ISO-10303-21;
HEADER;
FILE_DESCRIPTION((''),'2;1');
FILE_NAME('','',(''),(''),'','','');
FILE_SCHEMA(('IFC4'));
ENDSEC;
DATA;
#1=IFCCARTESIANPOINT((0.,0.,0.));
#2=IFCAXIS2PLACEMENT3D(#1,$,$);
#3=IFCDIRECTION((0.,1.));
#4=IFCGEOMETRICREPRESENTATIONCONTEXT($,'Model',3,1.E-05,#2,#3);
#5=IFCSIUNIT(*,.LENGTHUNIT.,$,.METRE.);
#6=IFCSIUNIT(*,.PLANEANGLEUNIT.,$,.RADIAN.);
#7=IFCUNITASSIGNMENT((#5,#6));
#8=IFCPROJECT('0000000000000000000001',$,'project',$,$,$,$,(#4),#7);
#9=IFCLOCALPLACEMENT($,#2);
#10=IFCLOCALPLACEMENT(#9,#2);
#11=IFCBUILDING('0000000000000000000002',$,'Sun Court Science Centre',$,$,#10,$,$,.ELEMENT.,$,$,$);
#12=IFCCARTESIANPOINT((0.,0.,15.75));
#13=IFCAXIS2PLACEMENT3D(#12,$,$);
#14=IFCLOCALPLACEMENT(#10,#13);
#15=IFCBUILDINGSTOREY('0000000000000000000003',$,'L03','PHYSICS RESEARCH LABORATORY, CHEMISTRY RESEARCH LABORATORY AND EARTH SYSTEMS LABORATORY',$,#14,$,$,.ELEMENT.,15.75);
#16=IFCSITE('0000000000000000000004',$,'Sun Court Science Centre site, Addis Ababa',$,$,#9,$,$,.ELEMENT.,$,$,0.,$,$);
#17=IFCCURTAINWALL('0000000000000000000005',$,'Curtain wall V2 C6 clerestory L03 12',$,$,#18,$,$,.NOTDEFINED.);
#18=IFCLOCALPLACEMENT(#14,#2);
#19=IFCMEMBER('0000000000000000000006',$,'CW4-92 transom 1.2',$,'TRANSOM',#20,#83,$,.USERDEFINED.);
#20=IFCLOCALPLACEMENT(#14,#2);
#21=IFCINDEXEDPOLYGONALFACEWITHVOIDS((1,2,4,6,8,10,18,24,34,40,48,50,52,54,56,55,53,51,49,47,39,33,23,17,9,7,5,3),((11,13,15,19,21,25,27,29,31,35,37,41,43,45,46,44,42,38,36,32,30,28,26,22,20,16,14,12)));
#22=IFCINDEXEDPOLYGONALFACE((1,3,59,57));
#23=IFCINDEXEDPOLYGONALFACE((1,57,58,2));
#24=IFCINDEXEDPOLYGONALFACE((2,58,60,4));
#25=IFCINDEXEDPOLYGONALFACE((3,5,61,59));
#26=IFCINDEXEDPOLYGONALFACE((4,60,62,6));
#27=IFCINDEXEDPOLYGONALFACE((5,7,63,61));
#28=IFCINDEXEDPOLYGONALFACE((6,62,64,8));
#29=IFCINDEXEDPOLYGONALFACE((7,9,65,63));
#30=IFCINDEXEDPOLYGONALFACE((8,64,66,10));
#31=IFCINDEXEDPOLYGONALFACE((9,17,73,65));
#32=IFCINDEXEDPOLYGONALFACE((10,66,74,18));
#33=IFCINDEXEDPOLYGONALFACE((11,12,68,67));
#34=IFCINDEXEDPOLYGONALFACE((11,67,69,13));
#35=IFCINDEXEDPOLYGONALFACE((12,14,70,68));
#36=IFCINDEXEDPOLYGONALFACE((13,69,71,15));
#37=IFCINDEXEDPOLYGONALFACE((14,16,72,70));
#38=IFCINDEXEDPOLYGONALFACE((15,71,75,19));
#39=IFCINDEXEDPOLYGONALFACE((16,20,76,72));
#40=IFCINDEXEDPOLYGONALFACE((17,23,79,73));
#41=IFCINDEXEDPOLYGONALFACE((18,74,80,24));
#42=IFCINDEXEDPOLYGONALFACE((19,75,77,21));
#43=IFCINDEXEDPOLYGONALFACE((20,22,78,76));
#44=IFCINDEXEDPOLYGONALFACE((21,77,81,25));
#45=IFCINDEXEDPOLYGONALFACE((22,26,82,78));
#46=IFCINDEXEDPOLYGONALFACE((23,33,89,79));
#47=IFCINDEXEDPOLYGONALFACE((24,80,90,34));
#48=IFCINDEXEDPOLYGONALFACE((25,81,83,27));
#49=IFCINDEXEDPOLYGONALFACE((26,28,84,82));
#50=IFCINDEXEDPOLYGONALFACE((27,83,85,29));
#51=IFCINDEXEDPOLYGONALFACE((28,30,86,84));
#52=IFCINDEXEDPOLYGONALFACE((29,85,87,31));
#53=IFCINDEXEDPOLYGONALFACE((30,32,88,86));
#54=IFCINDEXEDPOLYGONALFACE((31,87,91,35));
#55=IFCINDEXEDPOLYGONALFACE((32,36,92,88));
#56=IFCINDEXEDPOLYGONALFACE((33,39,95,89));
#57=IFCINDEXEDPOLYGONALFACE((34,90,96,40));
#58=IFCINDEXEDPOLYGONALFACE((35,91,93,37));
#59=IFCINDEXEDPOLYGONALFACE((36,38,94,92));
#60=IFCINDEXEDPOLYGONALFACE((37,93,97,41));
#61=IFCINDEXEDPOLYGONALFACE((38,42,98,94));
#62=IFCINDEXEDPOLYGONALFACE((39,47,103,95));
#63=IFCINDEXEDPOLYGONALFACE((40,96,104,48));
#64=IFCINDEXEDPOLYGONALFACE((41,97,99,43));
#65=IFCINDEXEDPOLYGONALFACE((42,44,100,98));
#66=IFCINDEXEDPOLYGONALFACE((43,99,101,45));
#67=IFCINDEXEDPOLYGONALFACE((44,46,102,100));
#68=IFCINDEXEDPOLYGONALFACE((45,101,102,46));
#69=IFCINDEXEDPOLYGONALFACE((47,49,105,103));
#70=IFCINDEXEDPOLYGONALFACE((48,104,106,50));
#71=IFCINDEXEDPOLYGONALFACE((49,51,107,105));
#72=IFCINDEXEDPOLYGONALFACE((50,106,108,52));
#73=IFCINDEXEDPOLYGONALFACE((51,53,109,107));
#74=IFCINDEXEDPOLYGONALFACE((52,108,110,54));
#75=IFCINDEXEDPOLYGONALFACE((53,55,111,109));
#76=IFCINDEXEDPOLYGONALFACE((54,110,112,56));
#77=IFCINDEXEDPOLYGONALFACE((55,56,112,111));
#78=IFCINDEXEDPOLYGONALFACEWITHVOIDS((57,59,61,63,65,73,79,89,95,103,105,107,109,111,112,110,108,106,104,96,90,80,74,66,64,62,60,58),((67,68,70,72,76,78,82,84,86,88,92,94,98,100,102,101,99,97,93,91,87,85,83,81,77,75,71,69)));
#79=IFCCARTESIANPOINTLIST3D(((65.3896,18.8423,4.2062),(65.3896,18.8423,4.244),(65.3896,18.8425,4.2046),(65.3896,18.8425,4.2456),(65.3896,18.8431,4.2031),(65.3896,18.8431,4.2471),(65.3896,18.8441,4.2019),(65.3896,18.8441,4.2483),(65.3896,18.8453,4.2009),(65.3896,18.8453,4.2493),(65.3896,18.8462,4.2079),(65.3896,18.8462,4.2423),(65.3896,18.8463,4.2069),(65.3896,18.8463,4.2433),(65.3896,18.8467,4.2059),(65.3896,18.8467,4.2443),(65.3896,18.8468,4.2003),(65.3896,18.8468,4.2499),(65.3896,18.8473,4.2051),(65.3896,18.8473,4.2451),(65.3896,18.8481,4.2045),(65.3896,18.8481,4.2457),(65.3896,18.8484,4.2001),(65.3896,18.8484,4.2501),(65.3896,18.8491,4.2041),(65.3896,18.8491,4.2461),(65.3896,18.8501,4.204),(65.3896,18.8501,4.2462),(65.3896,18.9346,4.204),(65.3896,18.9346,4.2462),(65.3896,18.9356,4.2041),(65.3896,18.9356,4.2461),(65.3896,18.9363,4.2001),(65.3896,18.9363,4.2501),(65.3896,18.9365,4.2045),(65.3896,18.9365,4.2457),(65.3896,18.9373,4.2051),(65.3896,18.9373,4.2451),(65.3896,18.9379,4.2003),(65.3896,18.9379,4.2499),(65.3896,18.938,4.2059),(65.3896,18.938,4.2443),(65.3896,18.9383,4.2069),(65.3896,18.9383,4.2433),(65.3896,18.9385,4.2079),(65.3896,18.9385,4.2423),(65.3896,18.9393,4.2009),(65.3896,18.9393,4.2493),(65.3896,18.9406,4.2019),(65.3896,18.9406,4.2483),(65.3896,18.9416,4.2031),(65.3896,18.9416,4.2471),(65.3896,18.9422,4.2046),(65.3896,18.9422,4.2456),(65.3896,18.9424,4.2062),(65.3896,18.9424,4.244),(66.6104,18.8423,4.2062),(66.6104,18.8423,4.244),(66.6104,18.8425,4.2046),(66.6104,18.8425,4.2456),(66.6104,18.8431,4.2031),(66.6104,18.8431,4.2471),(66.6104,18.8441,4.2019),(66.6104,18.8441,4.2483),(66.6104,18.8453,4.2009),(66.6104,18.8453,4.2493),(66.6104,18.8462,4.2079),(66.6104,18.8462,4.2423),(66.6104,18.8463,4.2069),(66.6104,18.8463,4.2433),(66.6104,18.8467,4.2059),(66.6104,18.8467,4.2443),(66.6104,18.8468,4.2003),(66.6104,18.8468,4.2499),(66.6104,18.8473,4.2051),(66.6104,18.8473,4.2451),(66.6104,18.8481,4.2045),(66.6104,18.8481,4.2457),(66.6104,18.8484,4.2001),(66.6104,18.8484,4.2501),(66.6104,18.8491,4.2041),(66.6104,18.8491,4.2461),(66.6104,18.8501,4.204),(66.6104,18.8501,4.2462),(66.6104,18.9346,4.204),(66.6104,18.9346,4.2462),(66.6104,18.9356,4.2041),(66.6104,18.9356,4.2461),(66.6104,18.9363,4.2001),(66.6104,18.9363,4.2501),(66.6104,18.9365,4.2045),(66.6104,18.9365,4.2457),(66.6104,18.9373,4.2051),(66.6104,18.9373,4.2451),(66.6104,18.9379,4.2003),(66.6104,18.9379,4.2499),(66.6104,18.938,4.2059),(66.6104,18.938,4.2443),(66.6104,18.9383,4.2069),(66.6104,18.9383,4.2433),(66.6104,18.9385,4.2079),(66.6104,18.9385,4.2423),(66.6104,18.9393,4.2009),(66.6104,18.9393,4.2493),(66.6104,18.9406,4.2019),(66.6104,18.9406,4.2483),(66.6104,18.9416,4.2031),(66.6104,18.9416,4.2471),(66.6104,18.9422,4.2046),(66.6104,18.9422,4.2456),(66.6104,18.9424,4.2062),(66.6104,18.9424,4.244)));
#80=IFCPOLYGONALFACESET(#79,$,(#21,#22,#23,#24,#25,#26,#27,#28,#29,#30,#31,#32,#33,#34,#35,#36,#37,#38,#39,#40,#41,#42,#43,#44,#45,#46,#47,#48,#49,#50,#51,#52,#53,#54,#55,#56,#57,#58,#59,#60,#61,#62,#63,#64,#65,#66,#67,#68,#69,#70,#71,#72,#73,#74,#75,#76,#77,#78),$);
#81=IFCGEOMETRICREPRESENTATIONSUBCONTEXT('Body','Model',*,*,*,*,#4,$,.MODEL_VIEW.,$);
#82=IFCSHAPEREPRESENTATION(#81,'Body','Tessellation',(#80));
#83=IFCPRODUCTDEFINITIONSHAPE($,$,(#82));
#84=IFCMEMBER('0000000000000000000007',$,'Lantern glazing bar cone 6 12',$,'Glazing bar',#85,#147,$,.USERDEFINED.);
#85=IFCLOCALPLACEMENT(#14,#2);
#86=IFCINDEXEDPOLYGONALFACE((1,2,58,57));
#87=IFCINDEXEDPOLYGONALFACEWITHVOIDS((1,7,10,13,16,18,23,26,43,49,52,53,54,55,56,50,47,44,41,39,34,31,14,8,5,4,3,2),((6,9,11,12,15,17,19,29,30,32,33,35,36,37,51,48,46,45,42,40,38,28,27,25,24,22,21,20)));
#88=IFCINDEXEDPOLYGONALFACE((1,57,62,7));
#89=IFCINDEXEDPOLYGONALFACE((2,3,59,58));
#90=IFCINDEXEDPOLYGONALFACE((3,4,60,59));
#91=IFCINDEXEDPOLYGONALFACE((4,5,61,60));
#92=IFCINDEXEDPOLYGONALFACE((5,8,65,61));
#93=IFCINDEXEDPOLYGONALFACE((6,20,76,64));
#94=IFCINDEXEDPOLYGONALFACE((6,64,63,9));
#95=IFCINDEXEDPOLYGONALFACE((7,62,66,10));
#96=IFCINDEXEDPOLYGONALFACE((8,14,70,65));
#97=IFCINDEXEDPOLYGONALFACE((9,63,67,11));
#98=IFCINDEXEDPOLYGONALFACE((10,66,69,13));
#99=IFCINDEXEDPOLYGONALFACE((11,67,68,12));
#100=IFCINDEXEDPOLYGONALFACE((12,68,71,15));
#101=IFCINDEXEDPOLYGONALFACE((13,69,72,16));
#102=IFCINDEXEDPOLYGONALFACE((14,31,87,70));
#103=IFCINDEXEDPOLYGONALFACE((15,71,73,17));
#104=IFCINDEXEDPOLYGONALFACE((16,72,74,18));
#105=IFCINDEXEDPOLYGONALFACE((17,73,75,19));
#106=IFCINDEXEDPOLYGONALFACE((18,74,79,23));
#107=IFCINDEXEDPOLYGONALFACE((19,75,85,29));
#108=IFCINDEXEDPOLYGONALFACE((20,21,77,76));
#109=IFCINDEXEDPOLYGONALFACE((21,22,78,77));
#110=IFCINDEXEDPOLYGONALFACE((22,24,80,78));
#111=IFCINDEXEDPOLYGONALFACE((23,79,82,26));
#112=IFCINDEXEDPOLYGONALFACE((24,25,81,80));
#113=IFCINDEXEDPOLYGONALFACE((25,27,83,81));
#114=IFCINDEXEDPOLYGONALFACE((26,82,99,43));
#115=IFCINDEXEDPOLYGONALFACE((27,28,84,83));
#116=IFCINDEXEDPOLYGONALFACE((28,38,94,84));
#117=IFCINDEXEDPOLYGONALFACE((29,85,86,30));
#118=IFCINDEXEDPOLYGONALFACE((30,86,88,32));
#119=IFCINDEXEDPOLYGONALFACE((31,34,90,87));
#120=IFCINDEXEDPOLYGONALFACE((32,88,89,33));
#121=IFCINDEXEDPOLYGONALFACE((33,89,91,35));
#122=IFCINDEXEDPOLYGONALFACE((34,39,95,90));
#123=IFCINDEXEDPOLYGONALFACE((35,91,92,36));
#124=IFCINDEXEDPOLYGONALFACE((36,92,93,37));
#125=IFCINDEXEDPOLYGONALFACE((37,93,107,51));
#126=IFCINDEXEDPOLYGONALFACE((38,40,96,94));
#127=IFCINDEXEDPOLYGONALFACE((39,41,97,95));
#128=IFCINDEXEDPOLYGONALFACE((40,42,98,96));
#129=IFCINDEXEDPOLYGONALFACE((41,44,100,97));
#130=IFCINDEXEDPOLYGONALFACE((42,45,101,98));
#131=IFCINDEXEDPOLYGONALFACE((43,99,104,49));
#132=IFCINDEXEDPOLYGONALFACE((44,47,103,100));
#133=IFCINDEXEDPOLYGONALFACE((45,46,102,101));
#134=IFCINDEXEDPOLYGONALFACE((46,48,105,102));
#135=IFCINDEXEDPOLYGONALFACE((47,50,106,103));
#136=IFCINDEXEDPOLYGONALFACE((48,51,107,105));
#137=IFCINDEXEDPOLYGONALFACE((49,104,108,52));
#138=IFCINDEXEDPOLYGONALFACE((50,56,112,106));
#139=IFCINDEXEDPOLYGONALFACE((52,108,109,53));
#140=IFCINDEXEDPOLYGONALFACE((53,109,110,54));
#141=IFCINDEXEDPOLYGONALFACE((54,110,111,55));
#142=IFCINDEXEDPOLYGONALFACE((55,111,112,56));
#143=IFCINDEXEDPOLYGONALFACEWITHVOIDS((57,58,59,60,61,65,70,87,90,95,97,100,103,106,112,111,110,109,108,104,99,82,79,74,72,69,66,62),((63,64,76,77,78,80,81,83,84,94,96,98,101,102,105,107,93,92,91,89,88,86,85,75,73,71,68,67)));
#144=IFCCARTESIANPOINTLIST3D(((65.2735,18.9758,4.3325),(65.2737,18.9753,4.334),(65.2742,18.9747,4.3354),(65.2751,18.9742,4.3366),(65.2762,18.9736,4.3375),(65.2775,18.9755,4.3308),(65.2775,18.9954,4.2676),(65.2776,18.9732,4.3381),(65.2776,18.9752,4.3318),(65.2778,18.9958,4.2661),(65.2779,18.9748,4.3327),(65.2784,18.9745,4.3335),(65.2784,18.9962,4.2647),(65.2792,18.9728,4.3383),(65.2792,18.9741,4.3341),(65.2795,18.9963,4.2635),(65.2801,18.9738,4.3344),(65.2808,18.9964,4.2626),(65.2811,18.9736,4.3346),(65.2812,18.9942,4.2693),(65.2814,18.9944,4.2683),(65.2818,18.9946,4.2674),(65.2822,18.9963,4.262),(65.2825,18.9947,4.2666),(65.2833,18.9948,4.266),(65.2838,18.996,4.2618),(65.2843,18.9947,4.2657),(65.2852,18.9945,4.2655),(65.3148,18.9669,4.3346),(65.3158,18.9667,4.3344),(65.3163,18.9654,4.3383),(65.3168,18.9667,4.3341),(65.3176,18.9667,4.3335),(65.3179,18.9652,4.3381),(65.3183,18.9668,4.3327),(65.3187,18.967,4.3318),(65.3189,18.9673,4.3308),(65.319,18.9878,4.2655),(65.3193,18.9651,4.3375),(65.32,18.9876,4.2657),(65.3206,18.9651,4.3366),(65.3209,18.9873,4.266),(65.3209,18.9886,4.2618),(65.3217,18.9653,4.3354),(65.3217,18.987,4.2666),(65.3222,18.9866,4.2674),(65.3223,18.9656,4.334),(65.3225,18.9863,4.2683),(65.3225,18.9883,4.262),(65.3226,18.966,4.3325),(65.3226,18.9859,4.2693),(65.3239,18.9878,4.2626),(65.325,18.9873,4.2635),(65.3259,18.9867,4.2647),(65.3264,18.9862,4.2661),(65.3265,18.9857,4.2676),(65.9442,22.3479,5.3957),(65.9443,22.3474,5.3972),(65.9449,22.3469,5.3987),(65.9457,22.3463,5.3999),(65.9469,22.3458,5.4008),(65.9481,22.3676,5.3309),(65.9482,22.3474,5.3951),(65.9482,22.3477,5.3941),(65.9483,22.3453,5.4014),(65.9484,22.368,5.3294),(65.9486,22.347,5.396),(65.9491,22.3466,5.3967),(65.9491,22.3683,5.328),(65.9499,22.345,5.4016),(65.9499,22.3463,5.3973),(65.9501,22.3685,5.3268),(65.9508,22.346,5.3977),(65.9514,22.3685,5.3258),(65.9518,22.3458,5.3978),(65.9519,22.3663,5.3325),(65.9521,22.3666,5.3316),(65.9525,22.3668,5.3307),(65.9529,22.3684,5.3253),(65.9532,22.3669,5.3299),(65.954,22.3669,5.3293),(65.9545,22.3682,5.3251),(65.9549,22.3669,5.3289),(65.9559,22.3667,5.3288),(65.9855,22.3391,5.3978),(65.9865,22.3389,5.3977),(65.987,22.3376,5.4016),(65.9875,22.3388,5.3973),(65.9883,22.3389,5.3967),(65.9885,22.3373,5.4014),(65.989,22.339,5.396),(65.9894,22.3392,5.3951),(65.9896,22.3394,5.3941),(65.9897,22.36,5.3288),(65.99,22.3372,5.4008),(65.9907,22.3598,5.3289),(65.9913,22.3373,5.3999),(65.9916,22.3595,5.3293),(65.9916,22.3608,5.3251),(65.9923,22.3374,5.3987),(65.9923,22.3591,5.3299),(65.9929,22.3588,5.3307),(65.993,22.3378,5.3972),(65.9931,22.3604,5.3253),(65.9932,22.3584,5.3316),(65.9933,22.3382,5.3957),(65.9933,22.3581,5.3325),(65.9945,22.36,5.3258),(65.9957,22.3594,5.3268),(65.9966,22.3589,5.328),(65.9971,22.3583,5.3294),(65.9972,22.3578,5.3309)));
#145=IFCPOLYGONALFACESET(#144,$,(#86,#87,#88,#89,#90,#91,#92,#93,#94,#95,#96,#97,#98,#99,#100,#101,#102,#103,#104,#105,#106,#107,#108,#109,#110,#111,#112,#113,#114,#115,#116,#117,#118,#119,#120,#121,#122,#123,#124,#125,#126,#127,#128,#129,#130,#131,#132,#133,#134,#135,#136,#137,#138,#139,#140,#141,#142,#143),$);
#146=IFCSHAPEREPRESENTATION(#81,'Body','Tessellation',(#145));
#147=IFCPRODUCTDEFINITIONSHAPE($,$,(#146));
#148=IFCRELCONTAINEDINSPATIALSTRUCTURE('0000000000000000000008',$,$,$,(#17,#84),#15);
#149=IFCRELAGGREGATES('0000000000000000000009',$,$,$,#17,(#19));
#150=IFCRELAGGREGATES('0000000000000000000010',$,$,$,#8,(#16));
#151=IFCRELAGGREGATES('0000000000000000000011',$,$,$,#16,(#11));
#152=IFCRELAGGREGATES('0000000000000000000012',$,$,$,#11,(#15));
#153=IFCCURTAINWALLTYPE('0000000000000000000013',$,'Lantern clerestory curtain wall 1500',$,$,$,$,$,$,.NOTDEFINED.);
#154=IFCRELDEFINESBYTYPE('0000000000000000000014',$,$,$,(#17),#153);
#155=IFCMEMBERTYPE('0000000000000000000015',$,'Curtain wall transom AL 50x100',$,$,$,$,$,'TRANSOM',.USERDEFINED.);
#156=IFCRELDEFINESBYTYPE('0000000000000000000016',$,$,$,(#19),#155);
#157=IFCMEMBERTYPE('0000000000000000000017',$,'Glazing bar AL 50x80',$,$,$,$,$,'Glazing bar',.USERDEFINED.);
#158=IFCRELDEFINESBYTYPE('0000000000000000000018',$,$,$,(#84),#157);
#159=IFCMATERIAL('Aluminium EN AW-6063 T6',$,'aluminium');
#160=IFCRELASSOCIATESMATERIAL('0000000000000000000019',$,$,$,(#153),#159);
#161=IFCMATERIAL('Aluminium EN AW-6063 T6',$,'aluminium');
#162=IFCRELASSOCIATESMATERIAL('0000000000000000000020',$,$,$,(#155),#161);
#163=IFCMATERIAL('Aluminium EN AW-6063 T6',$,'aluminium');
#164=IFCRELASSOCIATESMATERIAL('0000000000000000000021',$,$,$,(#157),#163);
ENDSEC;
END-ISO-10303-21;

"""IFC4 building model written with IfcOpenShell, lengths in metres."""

from ifc_helpers import new_model, si_unit, direction, frame, origin, origin_2d, place, context, subcontext, project, spatial, hollow_rectangle, extrude, material, material_profile, profile_set, type_object, element, aggregate, save


model = new_model("IFC4")

# Units and contexts
model_context = context("Model", 3, precision=1e-05, world=origin(), true_north=direction((0.0, 1.0)))
body_context = subcontext(model_context, "Body", "Model", "MODEL_VIEW")
ifc_project = project(units=[si_unit("LENGTHUNIT", "METRE"), si_unit("PLANEANGLEUNIT", "RADIAN")], contexts=[model_context])

# Site, building, storey
site_placement = place(None, origin())
site = spatial("IfcSite", under=ifc_project, at=site_placement, Name="Sun Court Science Centre site, Addis Ababa", CompositionType="ELEMENT", RefElevation=0.0)
building_placement = place(site_placement, origin())
building = spatial("IfcBuilding", under=site, at=building_placement, Name="Sun Court Science Centre", CompositionType="ELEMENT")
storey_placement = place(building_placement, frame((0.0, 0.0, 15.75)))
storey = spatial("IfcBuildingStorey", under=building, at=storey_placement, Name="L03", Description="PHYSICS RESEARCH LABORATORY, CHEMISTRY RESEARCH LABORATORY AND EARTH SYSTEMS LABORATORY", CompositionType="ELEMENT", Elevation=15.75)

# Curtain wall
ifc_material_1 = material(Name="Aluminium EN AW-6063 T6", Category="aluminium")
curtain_wall_type = type_object("IfcCurtainWallType", Name="Lantern clerestory curtain wall 1500", PredefinedType="NOTDEFINED", material=ifc_material_1)
curtain_wall_1_placement = place(storey_placement, origin())
curtain_wall_1 = element("IfcCurtainWall", 1, at=curtain_wall_1_placement, inside=storey, type_object=curtain_wall_type, Name="Curtain wall V2 C6 clerestory L03 12", PredefinedType="NOTDEFINED")

# Member
ifc_material_2 = material(Name="Aluminium EN AW-6063 T6", Category="aluminium")
ifc_material_profile_1 = material_profile(ifc_material_2, hollow_rectangle(XDim=0.05, YDim=0.1001, WallThickness=0.0039, InnerFilletRadius=0.0039, OuterFilletRadius=0.0061, at=origin_2d()), Name="AL 50x100x4")
ifc_profile_set_1 = profile_set([ifc_material_profile_1], Name="Aluminium EN AW-6063 T6")
member_type_1 = type_object("IfcMemberType", Name="Curtain wall transom AL 50x100", ElementType="TRANSOM", PredefinedType="USERDEFINED", material=ifc_profile_set_1)
member_1_placement = place(storey_placement, frame((66.6104, 18.8923, 4.2251), z_axis=(-1.0, 0.0, 0.0), x_axis=(0.0, 0.0, 1.0)))
member_1 = element("IfcMember", 2, at=member_1_placement, type_object=member_type_1, Name="CW4-92 transom 1.2", ObjectType="TRANSOM", PredefinedType="USERDEFINED", context=body_context, shape_type="SweptSolid", body=[
    extrude(hollow_rectangle(XDim=0.05, YDim=0.1001, WallThickness=0.0039, InnerFilletRadius=0.0039, OuterFilletRadius=0.0061, at=origin_2d()), origin(), (0.0, 0.0, 1.0), 1.2207),
])
aggregate(curtain_wall_1, [member_1])

# Member
ifc_material_3 = material(Name="Aluminium EN AW-6063 T6", Category="aluminium")
ifc_material_profile_2 = material_profile(ifc_material_3, hollow_rectangle(XDim=0.05, YDim=0.0801, WallThickness=0.0039, InnerFilletRadius=0.0039, OuterFilletRadius=0.0061, at=origin_2d()), Name="AL 50x80x4")
ifc_profile_set_2 = profile_set([ifc_material_profile_2], Name="Aluminium EN AW-6063 T6")
member_type_2 = type_object("IfcMemberType", Name="Glazing bar AL 50x80", ElementType="Glazing bar", PredefinedType="USERDEFINED", material=ifc_profile_set_2)
for number, where, z_axis, x_axis, name in (
    (3, (65.3, 18.9807, 4.3), (0.186357, 0.937008, 0.295444), (-0.98079, 0.195065, 0.0), "Lantern glazing bar cone 6 12"),
):
    element("IfcMember", number, at=place(storey_placement, frame(where, z_axis=z_axis, x_axis=x_axis)), inside=storey, type_object=member_type_2, Name=name, ObjectType="Glazing bar", PredefinedType="USERDEFINED", context=body_context, shape_type="SweptSolid", body=[
        extrude(hollow_rectangle(XDim=0.05, YDim=0.0801, WallThickness=0.0039, InnerFilletRadius=0.0039, OuterFilletRadius=0.0061, at=origin_2d()), origin(), (0.0, 0.0, 1.0), 3.5989),
    ])

save(model, "model.ifc")
